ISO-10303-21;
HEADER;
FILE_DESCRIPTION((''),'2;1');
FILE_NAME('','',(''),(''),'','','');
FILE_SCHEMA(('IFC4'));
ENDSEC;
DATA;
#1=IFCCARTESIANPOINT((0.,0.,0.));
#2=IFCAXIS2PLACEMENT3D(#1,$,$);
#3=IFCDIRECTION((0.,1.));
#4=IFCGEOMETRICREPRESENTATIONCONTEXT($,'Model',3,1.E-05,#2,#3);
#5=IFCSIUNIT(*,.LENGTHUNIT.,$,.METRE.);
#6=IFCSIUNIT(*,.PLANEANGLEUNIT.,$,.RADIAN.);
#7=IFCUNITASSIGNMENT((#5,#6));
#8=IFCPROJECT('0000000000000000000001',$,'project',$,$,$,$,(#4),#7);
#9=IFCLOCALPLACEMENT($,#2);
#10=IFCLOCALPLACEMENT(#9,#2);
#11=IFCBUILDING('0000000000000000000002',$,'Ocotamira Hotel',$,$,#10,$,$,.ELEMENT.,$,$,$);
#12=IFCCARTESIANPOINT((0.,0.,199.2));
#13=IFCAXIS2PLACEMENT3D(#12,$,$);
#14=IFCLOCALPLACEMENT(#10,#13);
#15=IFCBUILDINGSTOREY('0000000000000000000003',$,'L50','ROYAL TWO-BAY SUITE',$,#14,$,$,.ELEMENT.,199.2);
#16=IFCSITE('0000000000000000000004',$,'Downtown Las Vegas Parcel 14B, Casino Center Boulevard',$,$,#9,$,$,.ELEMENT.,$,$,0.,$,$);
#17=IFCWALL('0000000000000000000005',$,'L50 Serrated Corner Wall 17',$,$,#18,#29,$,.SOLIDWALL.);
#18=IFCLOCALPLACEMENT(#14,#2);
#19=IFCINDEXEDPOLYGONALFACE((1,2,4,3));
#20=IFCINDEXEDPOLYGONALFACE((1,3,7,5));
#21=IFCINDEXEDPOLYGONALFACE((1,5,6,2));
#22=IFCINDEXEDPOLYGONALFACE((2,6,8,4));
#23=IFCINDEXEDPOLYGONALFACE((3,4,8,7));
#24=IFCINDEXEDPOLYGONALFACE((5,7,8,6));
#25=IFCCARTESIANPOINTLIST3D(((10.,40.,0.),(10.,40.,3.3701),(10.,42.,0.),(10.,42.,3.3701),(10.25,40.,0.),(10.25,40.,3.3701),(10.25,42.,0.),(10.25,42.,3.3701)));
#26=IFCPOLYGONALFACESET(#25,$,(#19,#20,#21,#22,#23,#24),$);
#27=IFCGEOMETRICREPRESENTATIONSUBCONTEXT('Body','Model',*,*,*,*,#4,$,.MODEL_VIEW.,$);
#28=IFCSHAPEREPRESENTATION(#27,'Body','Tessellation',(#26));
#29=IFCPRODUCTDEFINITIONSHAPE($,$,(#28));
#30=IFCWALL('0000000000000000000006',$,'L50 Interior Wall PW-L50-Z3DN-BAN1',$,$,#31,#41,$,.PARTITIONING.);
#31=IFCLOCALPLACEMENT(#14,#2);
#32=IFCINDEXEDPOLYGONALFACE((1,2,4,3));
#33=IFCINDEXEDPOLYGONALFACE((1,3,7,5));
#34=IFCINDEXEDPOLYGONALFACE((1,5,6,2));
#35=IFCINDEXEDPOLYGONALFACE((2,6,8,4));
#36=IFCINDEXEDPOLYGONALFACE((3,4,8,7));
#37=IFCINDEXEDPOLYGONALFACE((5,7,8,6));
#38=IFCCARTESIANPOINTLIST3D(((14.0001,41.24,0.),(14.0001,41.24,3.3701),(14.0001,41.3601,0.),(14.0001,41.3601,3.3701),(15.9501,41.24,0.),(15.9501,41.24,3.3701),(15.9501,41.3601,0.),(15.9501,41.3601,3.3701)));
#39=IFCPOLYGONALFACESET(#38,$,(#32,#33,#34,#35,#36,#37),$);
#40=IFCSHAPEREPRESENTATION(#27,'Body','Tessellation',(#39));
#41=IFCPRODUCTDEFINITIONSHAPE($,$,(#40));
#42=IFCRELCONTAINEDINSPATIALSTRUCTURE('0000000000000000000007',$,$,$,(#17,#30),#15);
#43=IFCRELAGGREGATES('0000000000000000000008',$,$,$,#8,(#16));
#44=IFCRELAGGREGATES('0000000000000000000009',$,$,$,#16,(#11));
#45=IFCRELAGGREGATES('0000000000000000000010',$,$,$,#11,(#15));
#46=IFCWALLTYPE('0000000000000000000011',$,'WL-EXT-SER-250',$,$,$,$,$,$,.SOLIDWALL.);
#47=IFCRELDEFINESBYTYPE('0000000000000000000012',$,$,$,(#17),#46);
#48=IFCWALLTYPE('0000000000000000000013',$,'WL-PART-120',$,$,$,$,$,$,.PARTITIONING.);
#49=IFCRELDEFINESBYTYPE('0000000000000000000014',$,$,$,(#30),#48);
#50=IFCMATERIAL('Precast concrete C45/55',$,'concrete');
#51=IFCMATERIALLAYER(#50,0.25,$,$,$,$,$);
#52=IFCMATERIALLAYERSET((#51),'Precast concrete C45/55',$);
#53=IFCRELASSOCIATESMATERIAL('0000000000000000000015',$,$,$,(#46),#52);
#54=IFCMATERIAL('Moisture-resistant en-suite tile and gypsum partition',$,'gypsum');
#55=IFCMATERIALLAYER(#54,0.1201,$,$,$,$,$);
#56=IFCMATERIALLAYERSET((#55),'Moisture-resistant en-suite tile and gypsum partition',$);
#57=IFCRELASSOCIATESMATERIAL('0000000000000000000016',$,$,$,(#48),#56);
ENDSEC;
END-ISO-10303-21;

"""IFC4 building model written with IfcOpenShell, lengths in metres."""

from ifc_helpers import new_model, si_unit, direction, frame, frame_2d, origin, place, context, subcontext, project, spatial, rectangle, extrude, material, layer, layer_set, type_object, element, save


model = new_model("IFC4")

# Units and contexts
model_context = context("Model", 3, precision=1e-05, world=origin(), true_north=direction((0.0, 1.0)))
body_context = subcontext(model_context, "Body", "Model", "MODEL_VIEW")
ifc_project = project(units=[si_unit("LENGTHUNIT", "METRE"), si_unit("PLANEANGLEUNIT", "RADIAN")], contexts=[model_context])

# Site, building, storey
site_placement = place(None, origin())
site = spatial("IfcSite", under=ifc_project, at=site_placement, Name="Downtown Las Vegas Parcel 14B, Casino Center Boulevard", CompositionType="ELEMENT", RefElevation=0.0)
building_placement = place(site_placement, origin())
building = spatial("IfcBuilding", under=site, at=building_placement, Name="Ocotamira Hotel", CompositionType="ELEMENT")
storey_placement = place(building_placement, frame((0.0, 0.0, 199.2)))
storey = spatial("IfcBuildingStorey", under=building, at=storey_placement, Name="L50", Description="ROYAL TWO-BAY SUITE", CompositionType="ELEMENT", Elevation=199.2)

# Shared definitions
ifc_material_1 = material(Name="Precast concrete C45/55", Category="concrete")
ifc_layer_1 = layer(ifc_material_1, 0.25)
ifc_layer_set_1 = layer_set([ifc_layer_1], Name="Precast concrete C45/55")
wall_type_1 = type_object("IfcWallType", Name="WL-EXT-SER-250", PredefinedType="SOLIDWALL", material=ifc_layer_set_1)

# Walls
for number, where, z_axis, x_axis, name in (
    (1, (10.125, 42.0, 0.0), (0.0, 0.0, 1.0), (0.0, -1.0, 0.0), "L50 Serrated Corner Wall 17"),
):
    element("IfcWall", number, at=place(storey_placement, frame(where, z_axis=z_axis, x_axis=x_axis)), inside=storey, type_object=wall_type_1, Name=name, PredefinedType="SOLIDWALL", context=body_context, shape_type="SweptSolid", body=[
        extrude(rectangle(XDim=2.0, YDim=0.25, at=frame_2d((1.0, 0.0))), origin(), (0.0, 0.0, 1.0), 3.3701),
    ])
ifc_material_2 = material(Name="Moisture-resistant en-suite tile and gypsum partition", Category="gypsum")
ifc_layer_2 = layer(ifc_material_2, 0.1201)
ifc_layer_set_2 = layer_set([ifc_layer_2], Name="Moisture-resistant en-suite tile and gypsum partition")
wall_type_2 = type_object("IfcWallType", Name="WL-PART-120", PredefinedType="PARTITIONING", material=ifc_layer_set_2)
wall_1_placement = place(storey_placement, frame((14.0, 41.3, 0.0), z_axis=(0.0, 0.0, 1.0), x_axis=(1.0, 0.0, 0.0)))
element("IfcWall", 2, at=wall_1_placement, inside=storey, type_object=wall_type_2, Name="L50 Interior Wall PW-L50-Z3DN-BAN1", PredefinedType="PARTITIONING", context=body_context, shape_type="SweptSolid", body=[
    extrude(rectangle(XDim=1.95, YDim=0.1201, at=frame_2d((0.9751, 0.0))), origin(), (0.0, 0.0, 1.0), 3.3701),
])

save(model, "model.ifc")
